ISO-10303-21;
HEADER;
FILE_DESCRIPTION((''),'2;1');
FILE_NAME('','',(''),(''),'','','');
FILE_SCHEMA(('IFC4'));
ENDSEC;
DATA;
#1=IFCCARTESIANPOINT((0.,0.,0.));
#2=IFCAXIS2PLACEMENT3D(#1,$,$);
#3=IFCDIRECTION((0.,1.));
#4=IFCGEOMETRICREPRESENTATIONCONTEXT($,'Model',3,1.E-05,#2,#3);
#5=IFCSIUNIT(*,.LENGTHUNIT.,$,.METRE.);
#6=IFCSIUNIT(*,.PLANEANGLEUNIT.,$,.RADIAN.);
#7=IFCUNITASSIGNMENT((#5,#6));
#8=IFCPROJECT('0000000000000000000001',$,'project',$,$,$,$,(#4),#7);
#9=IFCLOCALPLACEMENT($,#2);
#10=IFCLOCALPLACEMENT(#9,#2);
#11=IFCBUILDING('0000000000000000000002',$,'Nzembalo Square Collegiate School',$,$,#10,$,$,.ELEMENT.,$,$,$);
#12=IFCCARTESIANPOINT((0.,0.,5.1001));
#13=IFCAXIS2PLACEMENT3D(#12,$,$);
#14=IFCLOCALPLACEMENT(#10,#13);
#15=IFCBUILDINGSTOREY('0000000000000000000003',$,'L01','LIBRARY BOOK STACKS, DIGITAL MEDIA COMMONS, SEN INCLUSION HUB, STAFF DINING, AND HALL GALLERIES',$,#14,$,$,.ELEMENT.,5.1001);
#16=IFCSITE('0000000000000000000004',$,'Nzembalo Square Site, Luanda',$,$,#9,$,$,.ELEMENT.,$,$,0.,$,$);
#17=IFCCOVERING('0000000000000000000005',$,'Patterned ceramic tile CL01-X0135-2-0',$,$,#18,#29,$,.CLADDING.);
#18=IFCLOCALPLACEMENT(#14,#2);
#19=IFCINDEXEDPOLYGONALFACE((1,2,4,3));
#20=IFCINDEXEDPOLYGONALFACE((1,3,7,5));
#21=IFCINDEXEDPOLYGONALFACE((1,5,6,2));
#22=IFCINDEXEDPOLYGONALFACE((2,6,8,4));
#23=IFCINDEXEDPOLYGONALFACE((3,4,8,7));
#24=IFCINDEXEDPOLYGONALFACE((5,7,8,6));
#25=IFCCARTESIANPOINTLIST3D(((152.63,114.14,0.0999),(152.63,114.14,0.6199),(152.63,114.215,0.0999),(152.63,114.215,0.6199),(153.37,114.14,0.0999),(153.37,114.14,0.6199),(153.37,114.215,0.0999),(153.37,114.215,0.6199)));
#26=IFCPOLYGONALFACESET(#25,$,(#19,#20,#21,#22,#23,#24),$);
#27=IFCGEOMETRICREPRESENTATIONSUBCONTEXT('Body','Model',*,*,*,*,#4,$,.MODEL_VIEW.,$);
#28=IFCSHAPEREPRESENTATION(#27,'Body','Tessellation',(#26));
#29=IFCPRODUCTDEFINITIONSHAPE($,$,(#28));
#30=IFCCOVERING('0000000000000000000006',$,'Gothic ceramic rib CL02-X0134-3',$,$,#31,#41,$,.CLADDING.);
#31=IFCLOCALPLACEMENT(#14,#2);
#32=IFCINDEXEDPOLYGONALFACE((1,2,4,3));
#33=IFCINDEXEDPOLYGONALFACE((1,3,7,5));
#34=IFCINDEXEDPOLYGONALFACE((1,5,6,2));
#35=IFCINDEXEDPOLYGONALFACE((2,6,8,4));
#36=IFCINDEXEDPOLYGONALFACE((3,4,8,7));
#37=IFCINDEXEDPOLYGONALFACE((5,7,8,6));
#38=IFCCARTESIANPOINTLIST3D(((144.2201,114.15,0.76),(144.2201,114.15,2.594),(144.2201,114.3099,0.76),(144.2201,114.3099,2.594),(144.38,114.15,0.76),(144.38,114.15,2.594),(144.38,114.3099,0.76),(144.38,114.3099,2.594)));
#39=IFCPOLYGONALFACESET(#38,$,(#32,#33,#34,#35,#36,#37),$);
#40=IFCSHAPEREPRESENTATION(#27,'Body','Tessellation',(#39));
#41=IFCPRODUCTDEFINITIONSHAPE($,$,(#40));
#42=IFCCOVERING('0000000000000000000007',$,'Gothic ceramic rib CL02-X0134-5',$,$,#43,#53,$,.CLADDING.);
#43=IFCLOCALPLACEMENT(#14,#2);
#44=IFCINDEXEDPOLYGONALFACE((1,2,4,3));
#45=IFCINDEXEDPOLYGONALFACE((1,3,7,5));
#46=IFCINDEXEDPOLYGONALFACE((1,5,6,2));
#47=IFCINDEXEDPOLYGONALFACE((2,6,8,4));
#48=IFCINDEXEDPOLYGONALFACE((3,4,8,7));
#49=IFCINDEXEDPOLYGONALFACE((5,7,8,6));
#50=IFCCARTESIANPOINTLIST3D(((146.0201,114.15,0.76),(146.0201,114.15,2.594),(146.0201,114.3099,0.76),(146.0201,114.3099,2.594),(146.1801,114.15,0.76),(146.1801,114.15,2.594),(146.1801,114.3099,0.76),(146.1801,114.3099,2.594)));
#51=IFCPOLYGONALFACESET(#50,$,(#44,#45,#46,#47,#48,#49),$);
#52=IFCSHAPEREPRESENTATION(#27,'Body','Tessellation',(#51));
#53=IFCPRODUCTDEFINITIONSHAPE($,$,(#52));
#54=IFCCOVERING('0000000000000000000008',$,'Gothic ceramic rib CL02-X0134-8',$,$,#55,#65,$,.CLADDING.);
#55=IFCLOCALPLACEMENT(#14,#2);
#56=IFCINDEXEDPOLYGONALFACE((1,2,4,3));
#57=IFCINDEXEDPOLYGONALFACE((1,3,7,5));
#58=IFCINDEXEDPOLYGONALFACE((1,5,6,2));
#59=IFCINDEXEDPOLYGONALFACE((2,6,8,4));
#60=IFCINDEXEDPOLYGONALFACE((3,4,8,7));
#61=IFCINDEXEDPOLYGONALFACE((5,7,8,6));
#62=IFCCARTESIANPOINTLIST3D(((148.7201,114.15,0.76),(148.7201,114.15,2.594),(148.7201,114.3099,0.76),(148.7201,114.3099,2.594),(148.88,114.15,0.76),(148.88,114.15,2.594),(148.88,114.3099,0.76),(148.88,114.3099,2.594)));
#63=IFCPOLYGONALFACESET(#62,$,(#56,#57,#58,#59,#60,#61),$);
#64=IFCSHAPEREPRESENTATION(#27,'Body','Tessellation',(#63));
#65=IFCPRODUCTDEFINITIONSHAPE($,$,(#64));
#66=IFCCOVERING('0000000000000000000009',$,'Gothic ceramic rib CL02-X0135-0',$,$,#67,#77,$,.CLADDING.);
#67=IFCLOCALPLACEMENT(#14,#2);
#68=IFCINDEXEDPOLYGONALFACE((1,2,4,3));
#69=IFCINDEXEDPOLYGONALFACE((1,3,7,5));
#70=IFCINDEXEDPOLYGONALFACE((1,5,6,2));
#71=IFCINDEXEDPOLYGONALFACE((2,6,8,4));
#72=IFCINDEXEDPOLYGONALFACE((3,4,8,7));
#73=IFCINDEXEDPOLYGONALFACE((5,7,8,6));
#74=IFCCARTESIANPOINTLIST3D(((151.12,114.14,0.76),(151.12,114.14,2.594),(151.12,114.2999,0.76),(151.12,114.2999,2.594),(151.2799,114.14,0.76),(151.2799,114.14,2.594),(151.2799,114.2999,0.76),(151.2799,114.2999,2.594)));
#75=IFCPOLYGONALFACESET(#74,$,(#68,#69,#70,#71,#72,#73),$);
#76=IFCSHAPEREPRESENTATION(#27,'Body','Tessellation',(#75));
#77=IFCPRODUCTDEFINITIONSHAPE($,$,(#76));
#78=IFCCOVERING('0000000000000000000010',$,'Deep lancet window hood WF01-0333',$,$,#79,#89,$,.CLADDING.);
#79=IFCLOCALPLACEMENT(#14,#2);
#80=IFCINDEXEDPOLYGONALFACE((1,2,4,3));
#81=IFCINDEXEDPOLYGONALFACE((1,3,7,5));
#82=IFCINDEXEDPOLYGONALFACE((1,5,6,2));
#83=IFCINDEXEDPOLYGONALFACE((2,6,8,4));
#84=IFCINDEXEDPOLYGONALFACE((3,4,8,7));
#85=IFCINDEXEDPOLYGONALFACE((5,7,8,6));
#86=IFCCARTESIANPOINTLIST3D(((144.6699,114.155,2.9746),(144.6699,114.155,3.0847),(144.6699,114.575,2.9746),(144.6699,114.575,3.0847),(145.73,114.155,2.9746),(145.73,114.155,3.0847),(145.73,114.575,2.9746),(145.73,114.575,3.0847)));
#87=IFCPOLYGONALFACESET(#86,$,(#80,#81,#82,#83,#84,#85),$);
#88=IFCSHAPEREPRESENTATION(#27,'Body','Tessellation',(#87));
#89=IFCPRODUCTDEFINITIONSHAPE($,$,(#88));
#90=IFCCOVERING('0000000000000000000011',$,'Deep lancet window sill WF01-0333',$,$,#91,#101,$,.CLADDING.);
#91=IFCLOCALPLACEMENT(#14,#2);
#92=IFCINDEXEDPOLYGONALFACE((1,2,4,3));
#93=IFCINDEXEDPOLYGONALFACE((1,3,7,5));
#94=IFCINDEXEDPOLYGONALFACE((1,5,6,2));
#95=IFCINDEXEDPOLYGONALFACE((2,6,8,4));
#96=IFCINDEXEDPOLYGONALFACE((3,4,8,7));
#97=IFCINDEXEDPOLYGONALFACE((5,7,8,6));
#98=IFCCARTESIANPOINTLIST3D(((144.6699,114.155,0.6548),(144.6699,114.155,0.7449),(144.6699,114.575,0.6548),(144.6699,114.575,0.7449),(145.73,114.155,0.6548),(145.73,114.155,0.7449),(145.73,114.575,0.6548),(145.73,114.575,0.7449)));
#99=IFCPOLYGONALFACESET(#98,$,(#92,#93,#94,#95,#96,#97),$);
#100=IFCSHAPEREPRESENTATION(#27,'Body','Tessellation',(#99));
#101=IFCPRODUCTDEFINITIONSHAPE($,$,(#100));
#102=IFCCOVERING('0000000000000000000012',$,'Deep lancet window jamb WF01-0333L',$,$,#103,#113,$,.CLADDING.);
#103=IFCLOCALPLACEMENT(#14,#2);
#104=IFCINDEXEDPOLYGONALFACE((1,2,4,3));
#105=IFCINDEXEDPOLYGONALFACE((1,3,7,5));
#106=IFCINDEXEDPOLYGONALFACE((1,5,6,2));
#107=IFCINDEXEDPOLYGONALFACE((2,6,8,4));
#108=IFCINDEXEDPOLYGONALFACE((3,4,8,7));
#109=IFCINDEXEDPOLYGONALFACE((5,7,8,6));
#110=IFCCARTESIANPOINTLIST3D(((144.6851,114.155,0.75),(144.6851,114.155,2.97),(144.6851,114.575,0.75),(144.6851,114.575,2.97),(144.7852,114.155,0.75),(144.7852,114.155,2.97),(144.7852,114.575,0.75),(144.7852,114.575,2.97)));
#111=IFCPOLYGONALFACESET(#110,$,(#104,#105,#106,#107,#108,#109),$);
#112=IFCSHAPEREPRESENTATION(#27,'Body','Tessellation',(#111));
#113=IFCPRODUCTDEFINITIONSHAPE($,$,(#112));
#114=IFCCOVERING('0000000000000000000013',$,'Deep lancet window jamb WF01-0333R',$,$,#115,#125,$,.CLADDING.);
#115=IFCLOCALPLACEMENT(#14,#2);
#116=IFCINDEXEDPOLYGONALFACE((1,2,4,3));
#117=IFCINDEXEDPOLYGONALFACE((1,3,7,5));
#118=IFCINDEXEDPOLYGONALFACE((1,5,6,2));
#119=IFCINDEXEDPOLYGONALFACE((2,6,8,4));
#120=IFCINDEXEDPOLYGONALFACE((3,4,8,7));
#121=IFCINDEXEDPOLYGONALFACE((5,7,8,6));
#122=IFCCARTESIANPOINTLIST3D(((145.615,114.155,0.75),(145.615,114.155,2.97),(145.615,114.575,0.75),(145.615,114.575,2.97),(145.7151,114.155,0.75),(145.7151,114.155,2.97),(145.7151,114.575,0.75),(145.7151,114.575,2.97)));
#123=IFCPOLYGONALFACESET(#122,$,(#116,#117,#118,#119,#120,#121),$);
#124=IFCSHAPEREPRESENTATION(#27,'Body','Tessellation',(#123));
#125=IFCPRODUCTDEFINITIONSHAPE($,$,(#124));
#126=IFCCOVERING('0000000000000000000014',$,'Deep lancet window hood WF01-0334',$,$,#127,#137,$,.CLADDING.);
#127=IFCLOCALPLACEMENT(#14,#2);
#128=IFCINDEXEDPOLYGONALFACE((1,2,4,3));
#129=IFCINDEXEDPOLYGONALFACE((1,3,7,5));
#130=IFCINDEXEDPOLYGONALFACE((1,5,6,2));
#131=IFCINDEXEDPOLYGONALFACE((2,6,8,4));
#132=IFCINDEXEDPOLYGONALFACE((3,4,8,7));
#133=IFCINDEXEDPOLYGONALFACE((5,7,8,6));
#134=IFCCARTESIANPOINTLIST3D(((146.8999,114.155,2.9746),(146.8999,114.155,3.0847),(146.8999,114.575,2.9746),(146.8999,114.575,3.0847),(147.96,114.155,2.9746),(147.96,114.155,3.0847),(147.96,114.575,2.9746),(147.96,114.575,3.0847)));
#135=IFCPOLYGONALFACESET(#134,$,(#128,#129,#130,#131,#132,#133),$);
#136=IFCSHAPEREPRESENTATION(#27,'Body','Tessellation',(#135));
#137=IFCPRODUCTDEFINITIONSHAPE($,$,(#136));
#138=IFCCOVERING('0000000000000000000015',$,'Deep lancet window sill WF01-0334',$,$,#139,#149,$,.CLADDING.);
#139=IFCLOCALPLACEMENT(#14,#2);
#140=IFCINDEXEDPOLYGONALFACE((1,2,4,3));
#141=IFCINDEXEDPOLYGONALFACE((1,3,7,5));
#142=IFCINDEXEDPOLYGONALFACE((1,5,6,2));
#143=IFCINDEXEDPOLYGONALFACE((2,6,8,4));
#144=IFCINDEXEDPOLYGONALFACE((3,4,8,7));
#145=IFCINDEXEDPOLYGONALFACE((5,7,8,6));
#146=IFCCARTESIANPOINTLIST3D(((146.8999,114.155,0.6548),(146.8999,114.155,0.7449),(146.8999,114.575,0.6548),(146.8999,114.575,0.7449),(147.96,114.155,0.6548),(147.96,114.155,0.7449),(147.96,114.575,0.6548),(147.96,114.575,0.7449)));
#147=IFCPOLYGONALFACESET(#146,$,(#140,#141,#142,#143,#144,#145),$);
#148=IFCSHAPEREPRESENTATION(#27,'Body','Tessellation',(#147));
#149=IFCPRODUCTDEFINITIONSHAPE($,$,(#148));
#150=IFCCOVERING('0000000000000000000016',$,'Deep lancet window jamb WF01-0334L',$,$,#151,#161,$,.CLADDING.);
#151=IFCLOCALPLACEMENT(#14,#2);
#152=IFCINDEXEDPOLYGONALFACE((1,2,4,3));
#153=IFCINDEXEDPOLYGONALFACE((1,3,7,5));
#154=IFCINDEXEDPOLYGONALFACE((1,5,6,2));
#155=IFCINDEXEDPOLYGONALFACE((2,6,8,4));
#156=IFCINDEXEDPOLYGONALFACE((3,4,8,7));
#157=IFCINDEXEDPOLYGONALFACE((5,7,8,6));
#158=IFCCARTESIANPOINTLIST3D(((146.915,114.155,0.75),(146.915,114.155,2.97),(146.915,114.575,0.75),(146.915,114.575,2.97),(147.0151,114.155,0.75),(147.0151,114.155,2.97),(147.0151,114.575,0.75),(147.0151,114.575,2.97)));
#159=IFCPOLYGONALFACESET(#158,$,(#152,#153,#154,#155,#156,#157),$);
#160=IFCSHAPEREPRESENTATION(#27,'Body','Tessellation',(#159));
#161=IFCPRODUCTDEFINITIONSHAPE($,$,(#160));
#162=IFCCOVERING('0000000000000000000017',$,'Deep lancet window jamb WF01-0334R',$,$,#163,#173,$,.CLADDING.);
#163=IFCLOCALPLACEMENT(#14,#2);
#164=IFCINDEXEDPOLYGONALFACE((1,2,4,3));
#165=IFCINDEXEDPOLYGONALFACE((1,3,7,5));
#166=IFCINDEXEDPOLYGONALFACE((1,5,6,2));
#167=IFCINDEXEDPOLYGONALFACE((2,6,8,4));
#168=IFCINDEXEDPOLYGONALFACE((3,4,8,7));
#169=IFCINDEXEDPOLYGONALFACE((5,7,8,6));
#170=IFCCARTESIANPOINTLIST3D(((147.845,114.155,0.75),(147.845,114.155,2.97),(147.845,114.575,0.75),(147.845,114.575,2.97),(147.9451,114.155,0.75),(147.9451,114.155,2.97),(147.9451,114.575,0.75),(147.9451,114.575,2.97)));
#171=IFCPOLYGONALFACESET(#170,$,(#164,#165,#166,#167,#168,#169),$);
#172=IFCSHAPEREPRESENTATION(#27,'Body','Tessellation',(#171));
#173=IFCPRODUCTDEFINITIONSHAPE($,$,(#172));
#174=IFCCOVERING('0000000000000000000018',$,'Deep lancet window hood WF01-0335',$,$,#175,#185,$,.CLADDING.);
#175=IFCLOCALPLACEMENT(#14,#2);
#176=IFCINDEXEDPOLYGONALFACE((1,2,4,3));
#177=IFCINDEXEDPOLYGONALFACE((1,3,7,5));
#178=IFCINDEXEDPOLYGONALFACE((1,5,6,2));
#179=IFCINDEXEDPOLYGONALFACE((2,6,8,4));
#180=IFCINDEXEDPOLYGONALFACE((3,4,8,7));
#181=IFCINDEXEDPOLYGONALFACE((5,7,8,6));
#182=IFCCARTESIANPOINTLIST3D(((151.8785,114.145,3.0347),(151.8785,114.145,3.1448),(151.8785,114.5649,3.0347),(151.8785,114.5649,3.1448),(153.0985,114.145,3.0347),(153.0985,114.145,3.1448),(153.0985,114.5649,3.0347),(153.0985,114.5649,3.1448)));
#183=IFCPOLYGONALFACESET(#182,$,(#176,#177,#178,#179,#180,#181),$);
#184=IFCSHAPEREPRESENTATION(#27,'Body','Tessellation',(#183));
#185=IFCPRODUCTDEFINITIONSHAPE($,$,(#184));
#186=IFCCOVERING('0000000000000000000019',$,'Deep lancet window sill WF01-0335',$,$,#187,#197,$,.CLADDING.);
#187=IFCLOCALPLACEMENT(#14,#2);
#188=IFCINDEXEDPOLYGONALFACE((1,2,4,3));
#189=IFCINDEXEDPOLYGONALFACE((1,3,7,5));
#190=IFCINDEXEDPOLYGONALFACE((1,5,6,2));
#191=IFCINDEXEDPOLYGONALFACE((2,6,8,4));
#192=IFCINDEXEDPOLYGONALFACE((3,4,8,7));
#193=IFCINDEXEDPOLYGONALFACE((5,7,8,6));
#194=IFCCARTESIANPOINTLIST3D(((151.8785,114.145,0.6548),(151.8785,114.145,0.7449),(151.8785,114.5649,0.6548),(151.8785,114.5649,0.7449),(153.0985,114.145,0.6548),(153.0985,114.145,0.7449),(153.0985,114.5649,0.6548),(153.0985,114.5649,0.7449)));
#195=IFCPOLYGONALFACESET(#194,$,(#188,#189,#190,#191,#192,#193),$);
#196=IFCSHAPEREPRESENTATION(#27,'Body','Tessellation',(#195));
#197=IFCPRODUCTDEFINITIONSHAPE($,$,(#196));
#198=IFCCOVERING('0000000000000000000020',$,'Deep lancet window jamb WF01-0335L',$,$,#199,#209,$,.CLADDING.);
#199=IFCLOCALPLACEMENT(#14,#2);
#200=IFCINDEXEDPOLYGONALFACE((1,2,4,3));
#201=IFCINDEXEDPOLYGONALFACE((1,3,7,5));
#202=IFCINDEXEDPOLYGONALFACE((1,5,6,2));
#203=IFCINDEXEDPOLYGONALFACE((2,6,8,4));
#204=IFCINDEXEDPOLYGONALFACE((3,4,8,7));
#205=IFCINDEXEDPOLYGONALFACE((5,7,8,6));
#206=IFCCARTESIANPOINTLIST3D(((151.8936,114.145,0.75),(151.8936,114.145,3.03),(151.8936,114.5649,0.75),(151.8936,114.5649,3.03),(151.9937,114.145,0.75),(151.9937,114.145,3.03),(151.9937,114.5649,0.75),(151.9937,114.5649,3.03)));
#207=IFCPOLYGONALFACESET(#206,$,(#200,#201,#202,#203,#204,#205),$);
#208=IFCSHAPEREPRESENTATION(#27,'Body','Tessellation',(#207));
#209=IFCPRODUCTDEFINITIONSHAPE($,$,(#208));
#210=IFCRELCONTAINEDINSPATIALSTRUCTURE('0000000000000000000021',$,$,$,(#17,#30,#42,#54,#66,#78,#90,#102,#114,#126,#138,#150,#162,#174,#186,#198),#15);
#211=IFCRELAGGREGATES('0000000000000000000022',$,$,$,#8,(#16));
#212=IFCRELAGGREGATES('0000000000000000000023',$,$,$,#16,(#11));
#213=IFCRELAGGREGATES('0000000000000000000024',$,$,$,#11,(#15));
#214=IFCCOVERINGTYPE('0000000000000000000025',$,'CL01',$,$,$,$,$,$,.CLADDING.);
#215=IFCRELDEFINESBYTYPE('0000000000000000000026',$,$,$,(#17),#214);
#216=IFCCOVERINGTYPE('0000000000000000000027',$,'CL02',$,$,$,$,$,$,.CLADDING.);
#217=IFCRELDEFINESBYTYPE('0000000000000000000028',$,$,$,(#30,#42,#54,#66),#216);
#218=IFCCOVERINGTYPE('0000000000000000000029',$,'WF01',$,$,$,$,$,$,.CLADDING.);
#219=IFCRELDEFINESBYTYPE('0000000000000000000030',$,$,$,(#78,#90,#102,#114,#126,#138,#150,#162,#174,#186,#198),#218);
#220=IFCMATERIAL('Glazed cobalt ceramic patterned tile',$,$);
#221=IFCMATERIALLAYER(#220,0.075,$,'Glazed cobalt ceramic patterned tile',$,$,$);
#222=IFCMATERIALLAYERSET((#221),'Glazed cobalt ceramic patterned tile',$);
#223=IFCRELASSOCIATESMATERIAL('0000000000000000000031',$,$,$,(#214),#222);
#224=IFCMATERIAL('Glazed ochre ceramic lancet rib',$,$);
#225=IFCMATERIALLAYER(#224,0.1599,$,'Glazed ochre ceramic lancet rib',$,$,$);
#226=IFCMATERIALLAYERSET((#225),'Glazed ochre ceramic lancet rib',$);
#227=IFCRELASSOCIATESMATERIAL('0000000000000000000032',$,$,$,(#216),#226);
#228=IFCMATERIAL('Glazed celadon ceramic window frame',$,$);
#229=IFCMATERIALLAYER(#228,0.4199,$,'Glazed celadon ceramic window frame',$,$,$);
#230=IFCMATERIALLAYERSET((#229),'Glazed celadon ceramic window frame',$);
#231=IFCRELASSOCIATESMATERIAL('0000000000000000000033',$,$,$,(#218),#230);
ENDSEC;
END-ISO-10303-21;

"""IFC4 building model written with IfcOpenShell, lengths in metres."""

from ifc_helpers import new_model, si_unit, direction, frame, origin, origin_2d, place, context, subcontext, project, spatial, rectangle, extrude, material, layer, layer_set, type_object, element, save


model = new_model("IFC4")

# Units and contexts
model_context = context("Model", 3, precision=1e-05, world=origin(), true_north=direction((0.0, 1.0)))
body_context = subcontext(model_context, "Body", "Model", "MODEL_VIEW")
ifc_project = project(units=[si_unit("LENGTHUNIT", "METRE"), si_unit("PLANEANGLEUNIT", "RADIAN")], contexts=[model_context])

# Site, building, storey
site_placement = place(None, origin())
site = spatial("IfcSite", under=ifc_project, at=site_placement, Name="Nzembalo Square Site, Luanda", CompositionType="ELEMENT", RefElevation=0.0)
building_placement = place(site_placement, origin())
building = spatial("IfcBuilding", under=site, at=building_placement, Name="Nzembalo Square Collegiate School", CompositionType="ELEMENT")
storey_placement = place(building_placement, frame((0.0, 0.0, 5.1001)))
storey = spatial("IfcBuildingStorey", under=building, at=storey_placement, Name="L01", Description="LIBRARY BOOK STACKS, DIGITAL MEDIA COMMONS, SEN INCLUSION HUB, STAFF DINING, AND HALL GALLERIES", CompositionType="ELEMENT", Elevation=5.1001)

# Coverings
ifc_material_1 = material(Name="Glazed cobalt ceramic patterned tile")
ifc_layer_1 = layer(ifc_material_1, 0.075, Name="Glazed cobalt ceramic patterned tile")
ifc_layer_set_1 = layer_set([ifc_layer_1], Name="Glazed cobalt ceramic patterned tile")
covering_type_1 = type_object("IfcCoveringType", Name="CL01", PredefinedType="CLADDING", material=ifc_layer_set_1)
for number, where, z_axis, x_axis, name in (
    (1, (153.0, 114.1775, 0.0999), (0.0, 0.0, 1.0), (1.0, 0.0, 0.0), "Patterned ceramic tile CL01-X0135-2-0"),
):
    element("IfcCovering", number, at=place(storey_placement, frame(where, z_axis=z_axis, x_axis=x_axis)), inside=storey, type_object=covering_type_1, Name=name, PredefinedType="CLADDING", context=body_context, shape_type="SweptSolid", body=[
        extrude(rectangle(XDim=0.74, YDim=0.075, at=origin_2d()), origin(), (0.0, 0.0, 1.0), 0.52),
    ])
ifc_material_2 = material(Name="Glazed ochre ceramic lancet rib")
ifc_layer_2 = layer(ifc_material_2, 0.1599, Name="Glazed ochre ceramic lancet rib")
ifc_layer_set_2 = layer_set([ifc_layer_2], Name="Glazed ochre ceramic lancet rib")
covering_type_2 = type_object("IfcCoveringType", Name="CL02", PredefinedType="CLADDING", material=ifc_layer_set_2)
for number, where, z_axis, x_axis, name in (
    (2, (144.3, 114.23, 0.76), (0.0, 0.0, 1.0), (1.0, 0.0, 0.0), "Gothic ceramic rib CL02-X0134-3"),
    (3, (146.1001, 114.23, 0.76), (0.0, 0.0, 1.0), (1.0, 0.0, 0.0), "Gothic ceramic rib CL02-X0134-5"),
    (4, (148.8, 114.23, 0.76), (0.0, 0.0, 1.0), (1.0, 0.0, 0.0), "Gothic ceramic rib CL02-X0134-8"),
    (5, (151.2, 114.22, 0.76), (0.0, 0.0, 1.0), (1.0, 0.0, 0.0), "Gothic ceramic rib CL02-X0135-0"),
):
    element("IfcCovering", number, at=place(storey_placement, frame(where, z_axis=z_axis, x_axis=x_axis)), inside=storey, type_object=covering_type_2, Name=name, PredefinedType="CLADDING", context=body_context, shape_type="SweptSolid", body=[
        extrude(rectangle(XDim=0.1599, YDim=0.1599, at=origin_2d()), origin(), (0.0, 0.0, 1.0), 1.834),
    ])
ifc_material_3 = material(Name="Glazed celadon ceramic window frame")
ifc_layer_3 = layer(ifc_material_3, 0.4199, Name="Glazed celadon ceramic window frame")
ifc_layer_set_3 = layer_set([ifc_layer_3], Name="Glazed celadon ceramic window frame")
covering_type_3 = type_object("IfcCoveringType", Name="WF01", PredefinedType="CLADDING", material=ifc_layer_set_3)
covering_1_placement = place(storey_placement, frame((145.2, 114.365, 2.9746), z_axis=(0.0, 0.0, 1.0), x_axis=(1.0, 0.0, 0.0)))
element("IfcCovering", 6, at=covering_1_placement, inside=storey, type_object=covering_type_3, Name="Deep lancet window hood WF01-0333", PredefinedType="CLADDING", context=body_context, shape_type="SweptSolid", body=[
    extrude(rectangle(XDim=1.0601, YDim=0.4199, at=origin_2d()), origin(), (0.0, 0.0, 1.0), 0.1101),
])
covering_2_placement = place(storey_placement, frame((145.2, 114.365, 0.6548), z_axis=(0.0, 0.0, 1.0), x_axis=(1.0, 0.0, 0.0)))
element("IfcCovering", 7, at=covering_2_placement, inside=storey, type_object=covering_type_3, Name="Deep lancet window sill WF01-0333", PredefinedType="CLADDING", context=body_context, shape_type="SweptSolid", body=[
    extrude(rectangle(XDim=1.0601, YDim=0.4199, at=origin_2d()), origin(), (0.0, 0.0, 1.0), 0.0901),
])
for number, where, z_axis, x_axis, name in (
    (8, (144.7351, 114.365, 0.75), (0.0, 0.0, 1.0), (1.0, 0.0, 0.0), "Deep lancet window jamb WF01-0333L"),
    (9, (145.665, 114.365, 0.75), (0.0, 0.0, 1.0), (1.0, 0.0, 0.0), "Deep lancet window jamb WF01-0333R"),
):
    element("IfcCovering", number, at=place(storey_placement, frame(where, z_axis=z_axis, x_axis=x_axis)), inside=storey, type_object=covering_type_3, Name=name, PredefinedType="CLADDING", context=body_context, shape_type="SweptSolid", body=[
        extrude(rectangle(XDim=0.1001, YDim=0.4199, at=origin_2d()), origin(), (0.0, 0.0, 1.0), 2.22),
    ])
covering_3_placement = place(storey_placement, frame((147.4299, 114.365, 2.9746), z_axis=(0.0, 0.0, 1.0), x_axis=(1.0, 0.0, 0.0)))
element("IfcCovering", 10, at=covering_3_placement, inside=storey, type_object=covering_type_3, Name="Deep lancet window hood WF01-0334", PredefinedType="CLADDING", context=body_context, shape_type="SweptSolid", body=[
    extrude(rectangle(XDim=1.0601, YDim=0.4199, at=origin_2d()), origin(), (0.0, 0.0, 1.0), 0.1101),
])
covering_4_placement = place(storey_placement, frame((147.4299, 114.365, 0.6548), z_axis=(0.0, 0.0, 1.0), x_axis=(1.0, 0.0, 0.0)))
element("IfcCovering", 11, at=covering_4_placement, inside=storey, type_object=covering_type_3, Name="Deep lancet window sill WF01-0334", PredefinedType="CLADDING", context=body_context, shape_type="SweptSolid", body=[
    extrude(rectangle(XDim=1.0601, YDim=0.4199, at=origin_2d()), origin(), (0.0, 0.0, 1.0), 0.0901),
])
for number, where, z_axis, x_axis, name in (
    (12, (146.9651, 114.365, 0.75), (0.0, 0.0, 1.0), (1.0, 0.0, 0.0), "Deep lancet window jamb WF01-0334L"),
    (13, (147.895, 114.365, 0.75), (0.0, 0.0, 1.0), (1.0, 0.0, 0.0), "Deep lancet window jamb WF01-0334R"),
):
    element("IfcCovering", number, at=place(storey_placement, frame(where, z_axis=z_axis, x_axis=x_axis)), inside=storey, type_object=covering_type_3, Name=name, PredefinedType="CLADDING", context=body_context, shape_type="SweptSolid", body=[
        extrude(rectangle(XDim=0.1001, YDim=0.4199, at=origin_2d()), origin(), (0.0, 0.0, 1.0), 2.22),
    ])
covering_5_placement = place(storey_placement, frame((152.4885, 114.355, 3.0347), z_axis=(0.0, 0.0, 1.0), x_axis=(1.0, 0.0, 0.0)))
element("IfcCovering", 14, at=covering_5_placement, inside=storey, type_object=covering_type_3, Name="Deep lancet window hood WF01-0335", PredefinedType="CLADDING", context=body_context, shape_type="SweptSolid", body=[
    extrude(rectangle(XDim=1.22, YDim=0.4199, at=origin_2d()), origin(), (0.0, 0.0, 1.0), 0.1101),
])
covering_6_placement = place(storey_placement, frame((152.4885, 114.355, 0.6548), z_axis=(0.0, 0.0, 1.0), x_axis=(1.0, 0.0, 0.0)))
element("IfcCovering", 15, at=covering_6_placement, inside=storey, type_object=covering_type_3, Name="Deep lancet window sill WF01-0335", PredefinedType="CLADDING", context=body_context, shape_type="SweptSolid", body=[
    extrude(rectangle(XDim=1.22, YDim=0.4199, at=origin_2d()), origin(), (0.0, 0.0, 1.0), 0.0901),
])
covering_7_placement = place(storey_placement, frame((151.9436, 114.355, 0.75), z_axis=(0.0, 0.0, 1.0), x_axis=(1.0, 0.0, 0.0)))
element("IfcCovering", 16, at=covering_7_placement, inside=storey, type_object=covering_type_3, Name="Deep lancet window jamb WF01-0335L", PredefinedType="CLADDING", context=body_context, shape_type="SweptSolid", body=[
    extrude(rectangle(XDim=0.1001, YDim=0.4199, at=origin_2d()), origin(), (0.0, 0.0, 1.0), 2.28),
])

save(model, "model.ifc")
